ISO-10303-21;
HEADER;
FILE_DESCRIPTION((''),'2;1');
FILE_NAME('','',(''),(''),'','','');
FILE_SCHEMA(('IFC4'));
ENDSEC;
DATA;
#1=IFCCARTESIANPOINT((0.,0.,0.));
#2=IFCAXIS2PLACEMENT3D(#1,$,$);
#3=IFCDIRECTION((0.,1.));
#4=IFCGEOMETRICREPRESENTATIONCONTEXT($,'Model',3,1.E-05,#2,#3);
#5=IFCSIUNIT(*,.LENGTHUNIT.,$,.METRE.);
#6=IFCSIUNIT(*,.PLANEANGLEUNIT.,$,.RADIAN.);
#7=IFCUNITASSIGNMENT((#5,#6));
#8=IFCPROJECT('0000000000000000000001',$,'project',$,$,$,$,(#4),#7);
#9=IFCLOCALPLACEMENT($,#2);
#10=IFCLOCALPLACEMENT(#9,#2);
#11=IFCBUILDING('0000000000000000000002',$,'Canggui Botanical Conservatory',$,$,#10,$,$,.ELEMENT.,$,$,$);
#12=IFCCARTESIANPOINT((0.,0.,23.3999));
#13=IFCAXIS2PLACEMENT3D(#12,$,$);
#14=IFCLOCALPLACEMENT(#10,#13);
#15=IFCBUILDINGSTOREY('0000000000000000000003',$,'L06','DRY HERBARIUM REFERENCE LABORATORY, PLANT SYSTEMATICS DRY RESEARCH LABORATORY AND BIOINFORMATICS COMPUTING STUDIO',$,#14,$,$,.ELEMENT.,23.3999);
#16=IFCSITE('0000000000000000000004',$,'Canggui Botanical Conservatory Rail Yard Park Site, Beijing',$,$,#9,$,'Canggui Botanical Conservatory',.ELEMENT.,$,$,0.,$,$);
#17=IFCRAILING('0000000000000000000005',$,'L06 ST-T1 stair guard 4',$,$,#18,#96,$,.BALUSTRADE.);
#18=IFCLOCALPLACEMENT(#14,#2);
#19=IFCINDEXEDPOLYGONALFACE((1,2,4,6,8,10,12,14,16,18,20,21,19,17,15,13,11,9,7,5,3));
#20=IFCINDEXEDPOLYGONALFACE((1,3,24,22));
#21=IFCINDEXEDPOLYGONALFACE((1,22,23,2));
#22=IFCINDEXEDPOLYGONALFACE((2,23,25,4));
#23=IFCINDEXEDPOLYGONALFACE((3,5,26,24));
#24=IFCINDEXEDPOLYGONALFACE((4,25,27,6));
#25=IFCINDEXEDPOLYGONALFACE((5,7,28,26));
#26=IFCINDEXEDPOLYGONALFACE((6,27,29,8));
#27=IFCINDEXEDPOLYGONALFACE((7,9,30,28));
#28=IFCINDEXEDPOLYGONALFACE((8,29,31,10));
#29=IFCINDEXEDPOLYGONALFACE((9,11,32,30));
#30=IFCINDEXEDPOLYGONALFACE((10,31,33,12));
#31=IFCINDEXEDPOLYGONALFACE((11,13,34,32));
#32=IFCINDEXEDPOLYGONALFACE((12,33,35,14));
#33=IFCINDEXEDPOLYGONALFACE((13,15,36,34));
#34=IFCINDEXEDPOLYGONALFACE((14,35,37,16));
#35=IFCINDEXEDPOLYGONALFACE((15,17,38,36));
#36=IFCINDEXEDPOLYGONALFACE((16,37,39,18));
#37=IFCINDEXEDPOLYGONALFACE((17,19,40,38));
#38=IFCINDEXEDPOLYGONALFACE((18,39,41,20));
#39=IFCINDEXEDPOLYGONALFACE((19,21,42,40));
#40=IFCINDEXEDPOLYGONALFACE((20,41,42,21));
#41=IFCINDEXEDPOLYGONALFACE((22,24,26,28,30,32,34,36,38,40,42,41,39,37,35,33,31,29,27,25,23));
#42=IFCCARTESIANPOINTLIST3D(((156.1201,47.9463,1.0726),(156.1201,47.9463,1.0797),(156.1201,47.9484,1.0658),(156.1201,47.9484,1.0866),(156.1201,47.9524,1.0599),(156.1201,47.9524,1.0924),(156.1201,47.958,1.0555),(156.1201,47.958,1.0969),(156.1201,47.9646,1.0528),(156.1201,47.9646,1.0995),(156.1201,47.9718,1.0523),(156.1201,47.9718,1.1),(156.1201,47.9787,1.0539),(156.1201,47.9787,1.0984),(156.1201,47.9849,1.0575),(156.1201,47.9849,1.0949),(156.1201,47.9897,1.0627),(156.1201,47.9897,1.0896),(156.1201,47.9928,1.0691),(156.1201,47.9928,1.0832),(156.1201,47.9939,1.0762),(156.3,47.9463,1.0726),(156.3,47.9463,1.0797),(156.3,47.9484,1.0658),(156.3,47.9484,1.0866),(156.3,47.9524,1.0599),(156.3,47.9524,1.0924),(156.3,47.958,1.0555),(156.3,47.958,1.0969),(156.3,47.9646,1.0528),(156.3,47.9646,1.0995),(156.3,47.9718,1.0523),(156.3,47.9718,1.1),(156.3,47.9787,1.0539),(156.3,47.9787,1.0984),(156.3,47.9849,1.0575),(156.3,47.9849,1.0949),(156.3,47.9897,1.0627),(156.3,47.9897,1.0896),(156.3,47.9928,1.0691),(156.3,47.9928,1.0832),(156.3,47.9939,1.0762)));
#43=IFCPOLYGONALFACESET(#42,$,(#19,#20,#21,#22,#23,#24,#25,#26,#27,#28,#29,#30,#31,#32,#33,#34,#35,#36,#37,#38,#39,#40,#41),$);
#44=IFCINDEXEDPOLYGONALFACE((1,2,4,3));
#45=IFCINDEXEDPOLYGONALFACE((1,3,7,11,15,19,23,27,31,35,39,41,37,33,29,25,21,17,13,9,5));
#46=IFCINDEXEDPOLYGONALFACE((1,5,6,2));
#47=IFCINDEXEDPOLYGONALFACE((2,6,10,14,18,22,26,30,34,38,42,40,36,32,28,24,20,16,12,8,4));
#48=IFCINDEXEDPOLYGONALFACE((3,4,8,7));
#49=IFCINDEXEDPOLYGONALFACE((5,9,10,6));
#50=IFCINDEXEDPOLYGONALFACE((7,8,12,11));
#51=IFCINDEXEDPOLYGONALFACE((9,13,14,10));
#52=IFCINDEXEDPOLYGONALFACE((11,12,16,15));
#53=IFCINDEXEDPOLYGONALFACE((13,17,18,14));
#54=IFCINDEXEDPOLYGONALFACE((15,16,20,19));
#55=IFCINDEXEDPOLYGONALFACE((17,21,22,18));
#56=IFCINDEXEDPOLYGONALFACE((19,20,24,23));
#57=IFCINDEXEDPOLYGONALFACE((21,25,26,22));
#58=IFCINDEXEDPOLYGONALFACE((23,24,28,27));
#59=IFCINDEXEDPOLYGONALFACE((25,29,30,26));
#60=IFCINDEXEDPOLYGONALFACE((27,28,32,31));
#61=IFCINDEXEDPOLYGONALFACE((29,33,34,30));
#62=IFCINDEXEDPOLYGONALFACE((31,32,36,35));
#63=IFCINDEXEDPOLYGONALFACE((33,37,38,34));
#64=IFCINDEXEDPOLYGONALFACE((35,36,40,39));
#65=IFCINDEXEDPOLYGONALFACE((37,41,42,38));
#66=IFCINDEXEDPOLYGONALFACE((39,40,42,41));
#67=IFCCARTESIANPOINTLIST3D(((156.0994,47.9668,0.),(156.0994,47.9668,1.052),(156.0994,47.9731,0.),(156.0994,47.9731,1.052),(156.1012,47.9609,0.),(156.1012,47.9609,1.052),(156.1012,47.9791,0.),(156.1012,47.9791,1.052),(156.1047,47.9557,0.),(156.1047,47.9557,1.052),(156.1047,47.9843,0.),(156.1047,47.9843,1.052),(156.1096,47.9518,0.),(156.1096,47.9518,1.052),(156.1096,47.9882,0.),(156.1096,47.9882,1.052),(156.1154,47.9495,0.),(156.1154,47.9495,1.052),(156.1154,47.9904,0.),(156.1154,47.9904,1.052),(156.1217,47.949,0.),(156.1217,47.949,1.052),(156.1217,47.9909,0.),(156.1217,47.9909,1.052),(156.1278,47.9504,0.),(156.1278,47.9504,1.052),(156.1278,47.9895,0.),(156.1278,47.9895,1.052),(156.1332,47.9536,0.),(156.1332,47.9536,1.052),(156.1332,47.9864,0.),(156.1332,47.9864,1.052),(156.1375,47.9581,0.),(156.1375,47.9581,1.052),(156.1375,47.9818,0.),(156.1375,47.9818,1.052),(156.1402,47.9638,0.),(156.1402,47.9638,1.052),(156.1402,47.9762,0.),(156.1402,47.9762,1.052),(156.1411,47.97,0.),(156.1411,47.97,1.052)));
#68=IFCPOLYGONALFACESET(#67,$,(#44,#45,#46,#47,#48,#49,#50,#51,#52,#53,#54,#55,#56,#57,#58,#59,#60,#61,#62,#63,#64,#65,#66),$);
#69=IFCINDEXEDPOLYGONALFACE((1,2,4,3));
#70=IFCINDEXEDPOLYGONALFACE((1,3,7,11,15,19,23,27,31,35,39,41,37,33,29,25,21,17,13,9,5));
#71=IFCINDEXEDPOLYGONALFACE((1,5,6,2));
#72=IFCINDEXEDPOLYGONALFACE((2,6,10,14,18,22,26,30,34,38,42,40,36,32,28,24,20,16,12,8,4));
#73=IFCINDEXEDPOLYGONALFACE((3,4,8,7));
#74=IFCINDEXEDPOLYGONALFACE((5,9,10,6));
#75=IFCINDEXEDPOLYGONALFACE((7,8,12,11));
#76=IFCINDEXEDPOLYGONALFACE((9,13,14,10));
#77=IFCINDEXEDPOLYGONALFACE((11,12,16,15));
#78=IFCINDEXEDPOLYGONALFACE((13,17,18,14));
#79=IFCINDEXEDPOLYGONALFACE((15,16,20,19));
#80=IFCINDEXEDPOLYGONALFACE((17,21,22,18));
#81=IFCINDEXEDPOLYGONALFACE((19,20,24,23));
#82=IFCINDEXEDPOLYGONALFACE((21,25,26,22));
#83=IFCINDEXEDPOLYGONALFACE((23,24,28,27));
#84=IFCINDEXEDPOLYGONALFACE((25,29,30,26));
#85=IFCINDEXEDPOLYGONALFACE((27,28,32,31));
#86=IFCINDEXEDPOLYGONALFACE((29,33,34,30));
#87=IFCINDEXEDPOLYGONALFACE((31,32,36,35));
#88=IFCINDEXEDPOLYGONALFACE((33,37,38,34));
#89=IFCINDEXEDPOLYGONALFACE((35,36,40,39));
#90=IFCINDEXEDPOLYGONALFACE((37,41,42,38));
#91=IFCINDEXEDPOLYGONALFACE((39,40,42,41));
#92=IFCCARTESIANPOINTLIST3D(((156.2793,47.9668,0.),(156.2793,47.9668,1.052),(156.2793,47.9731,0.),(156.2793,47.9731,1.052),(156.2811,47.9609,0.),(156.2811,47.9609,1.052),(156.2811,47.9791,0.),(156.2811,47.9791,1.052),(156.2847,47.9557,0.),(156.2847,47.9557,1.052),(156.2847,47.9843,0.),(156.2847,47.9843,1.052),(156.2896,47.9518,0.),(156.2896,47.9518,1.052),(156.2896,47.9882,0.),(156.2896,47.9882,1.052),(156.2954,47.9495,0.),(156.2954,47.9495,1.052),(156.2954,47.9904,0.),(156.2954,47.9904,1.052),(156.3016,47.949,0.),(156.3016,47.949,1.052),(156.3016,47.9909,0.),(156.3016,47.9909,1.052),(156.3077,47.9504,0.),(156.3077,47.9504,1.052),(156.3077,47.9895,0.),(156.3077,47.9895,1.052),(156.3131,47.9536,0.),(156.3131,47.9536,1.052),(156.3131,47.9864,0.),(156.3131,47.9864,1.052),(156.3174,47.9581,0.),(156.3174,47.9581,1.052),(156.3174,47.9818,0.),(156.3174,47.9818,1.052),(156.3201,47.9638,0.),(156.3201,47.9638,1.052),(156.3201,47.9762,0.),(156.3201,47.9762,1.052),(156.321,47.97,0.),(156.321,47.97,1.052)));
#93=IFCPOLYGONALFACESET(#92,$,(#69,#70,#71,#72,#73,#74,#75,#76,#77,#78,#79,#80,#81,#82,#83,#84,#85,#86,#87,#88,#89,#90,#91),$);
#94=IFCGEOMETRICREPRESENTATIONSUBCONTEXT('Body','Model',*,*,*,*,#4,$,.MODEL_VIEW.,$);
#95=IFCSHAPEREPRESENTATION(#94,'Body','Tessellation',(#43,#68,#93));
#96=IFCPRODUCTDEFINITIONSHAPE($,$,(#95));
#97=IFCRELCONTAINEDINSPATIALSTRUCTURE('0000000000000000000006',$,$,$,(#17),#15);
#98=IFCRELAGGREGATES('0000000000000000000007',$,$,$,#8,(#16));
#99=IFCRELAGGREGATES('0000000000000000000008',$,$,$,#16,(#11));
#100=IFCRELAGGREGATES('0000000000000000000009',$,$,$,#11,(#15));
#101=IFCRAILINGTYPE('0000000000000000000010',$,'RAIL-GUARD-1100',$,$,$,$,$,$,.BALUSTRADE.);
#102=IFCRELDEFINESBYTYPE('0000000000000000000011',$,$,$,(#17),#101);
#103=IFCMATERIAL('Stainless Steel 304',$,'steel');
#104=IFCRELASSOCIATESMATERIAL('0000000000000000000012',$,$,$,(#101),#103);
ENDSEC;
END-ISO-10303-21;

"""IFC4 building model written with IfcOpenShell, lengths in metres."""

from ifc_helpers import new_model, si_unit, direction, frame, origin, origin_2d, place, context, subcontext, project, spatial, circle, extrude, material, type_object, element, save


model = new_model("IFC4")

# Units and contexts
model_context = context("Model", 3, precision=1e-05, world=origin(), true_north=direction((0.0, 1.0)))
body_context = subcontext(model_context, "Body", "Model", "MODEL_VIEW")
ifc_project = project(units=[si_unit("LENGTHUNIT", "METRE"), si_unit("PLANEANGLEUNIT", "RADIAN")], contexts=[model_context])

# Site, building, storey
site_placement = place(None, origin())
site = spatial("IfcSite", under=ifc_project, at=site_placement, Name="Canggui Botanical Conservatory Rail Yard Park Site, Beijing", LongName="Canggui Botanical Conservatory", CompositionType="ELEMENT", RefElevation=0.0)
building_placement = place(site_placement, origin())
building = spatial("IfcBuilding", under=site, at=building_placement, Name="Canggui Botanical Conservatory", CompositionType="ELEMENT")
storey_placement = place(building_placement, frame((0.0, 0.0, 23.3999)))
storey = spatial("IfcBuildingStorey", under=building, at=storey_placement, Name="L06", Description="DRY HERBARIUM REFERENCE LABORATORY, PLANT SYSTEMATICS DRY RESEARCH LABORATORY AND BIOINFORMATICS COMPUTING STUDIO", CompositionType="ELEMENT", Elevation=23.3999)

# Shared definitions
ifc_material_1 = material(Name="Stainless Steel 304", Category="steel")

# Railing
railing_type = type_object("IfcRailingType", Name="RAIL-GUARD-1100", PredefinedType="BALUSTRADE", material=ifc_material_1)
railing_1_placement = place(storey_placement, frame((156.1201, 47.97, 0.0)))
element("IfcRailing", 1, at=railing_1_placement, inside=storey, type_object=railing_type, Name="L06 ST-T1 stair guard 4", PredefinedType="BALUSTRADE", context=body_context, shape_type="SweptSolid", body=[
    extrude(circle(Radius=0.0239, at=origin_2d()), frame((0.0, 0.0, 1.0762), z_axis=(1.0, 0.0, 0.0), x_axis=(0.0, 1.0, 0.0)), (0.0, 0.0, 1.0), 0.1799),
    extrude(circle(Radius=0.021, at=origin_2d()), origin(), (0.0, 0.0, 1.0), 1.052),
    extrude(circle(Radius=0.021, at=origin_2d()), frame((0.1799, 0.0, 0.0)), (0.0, 0.0, 1.0), 1.052),
])

save(model, "model.ifc")
